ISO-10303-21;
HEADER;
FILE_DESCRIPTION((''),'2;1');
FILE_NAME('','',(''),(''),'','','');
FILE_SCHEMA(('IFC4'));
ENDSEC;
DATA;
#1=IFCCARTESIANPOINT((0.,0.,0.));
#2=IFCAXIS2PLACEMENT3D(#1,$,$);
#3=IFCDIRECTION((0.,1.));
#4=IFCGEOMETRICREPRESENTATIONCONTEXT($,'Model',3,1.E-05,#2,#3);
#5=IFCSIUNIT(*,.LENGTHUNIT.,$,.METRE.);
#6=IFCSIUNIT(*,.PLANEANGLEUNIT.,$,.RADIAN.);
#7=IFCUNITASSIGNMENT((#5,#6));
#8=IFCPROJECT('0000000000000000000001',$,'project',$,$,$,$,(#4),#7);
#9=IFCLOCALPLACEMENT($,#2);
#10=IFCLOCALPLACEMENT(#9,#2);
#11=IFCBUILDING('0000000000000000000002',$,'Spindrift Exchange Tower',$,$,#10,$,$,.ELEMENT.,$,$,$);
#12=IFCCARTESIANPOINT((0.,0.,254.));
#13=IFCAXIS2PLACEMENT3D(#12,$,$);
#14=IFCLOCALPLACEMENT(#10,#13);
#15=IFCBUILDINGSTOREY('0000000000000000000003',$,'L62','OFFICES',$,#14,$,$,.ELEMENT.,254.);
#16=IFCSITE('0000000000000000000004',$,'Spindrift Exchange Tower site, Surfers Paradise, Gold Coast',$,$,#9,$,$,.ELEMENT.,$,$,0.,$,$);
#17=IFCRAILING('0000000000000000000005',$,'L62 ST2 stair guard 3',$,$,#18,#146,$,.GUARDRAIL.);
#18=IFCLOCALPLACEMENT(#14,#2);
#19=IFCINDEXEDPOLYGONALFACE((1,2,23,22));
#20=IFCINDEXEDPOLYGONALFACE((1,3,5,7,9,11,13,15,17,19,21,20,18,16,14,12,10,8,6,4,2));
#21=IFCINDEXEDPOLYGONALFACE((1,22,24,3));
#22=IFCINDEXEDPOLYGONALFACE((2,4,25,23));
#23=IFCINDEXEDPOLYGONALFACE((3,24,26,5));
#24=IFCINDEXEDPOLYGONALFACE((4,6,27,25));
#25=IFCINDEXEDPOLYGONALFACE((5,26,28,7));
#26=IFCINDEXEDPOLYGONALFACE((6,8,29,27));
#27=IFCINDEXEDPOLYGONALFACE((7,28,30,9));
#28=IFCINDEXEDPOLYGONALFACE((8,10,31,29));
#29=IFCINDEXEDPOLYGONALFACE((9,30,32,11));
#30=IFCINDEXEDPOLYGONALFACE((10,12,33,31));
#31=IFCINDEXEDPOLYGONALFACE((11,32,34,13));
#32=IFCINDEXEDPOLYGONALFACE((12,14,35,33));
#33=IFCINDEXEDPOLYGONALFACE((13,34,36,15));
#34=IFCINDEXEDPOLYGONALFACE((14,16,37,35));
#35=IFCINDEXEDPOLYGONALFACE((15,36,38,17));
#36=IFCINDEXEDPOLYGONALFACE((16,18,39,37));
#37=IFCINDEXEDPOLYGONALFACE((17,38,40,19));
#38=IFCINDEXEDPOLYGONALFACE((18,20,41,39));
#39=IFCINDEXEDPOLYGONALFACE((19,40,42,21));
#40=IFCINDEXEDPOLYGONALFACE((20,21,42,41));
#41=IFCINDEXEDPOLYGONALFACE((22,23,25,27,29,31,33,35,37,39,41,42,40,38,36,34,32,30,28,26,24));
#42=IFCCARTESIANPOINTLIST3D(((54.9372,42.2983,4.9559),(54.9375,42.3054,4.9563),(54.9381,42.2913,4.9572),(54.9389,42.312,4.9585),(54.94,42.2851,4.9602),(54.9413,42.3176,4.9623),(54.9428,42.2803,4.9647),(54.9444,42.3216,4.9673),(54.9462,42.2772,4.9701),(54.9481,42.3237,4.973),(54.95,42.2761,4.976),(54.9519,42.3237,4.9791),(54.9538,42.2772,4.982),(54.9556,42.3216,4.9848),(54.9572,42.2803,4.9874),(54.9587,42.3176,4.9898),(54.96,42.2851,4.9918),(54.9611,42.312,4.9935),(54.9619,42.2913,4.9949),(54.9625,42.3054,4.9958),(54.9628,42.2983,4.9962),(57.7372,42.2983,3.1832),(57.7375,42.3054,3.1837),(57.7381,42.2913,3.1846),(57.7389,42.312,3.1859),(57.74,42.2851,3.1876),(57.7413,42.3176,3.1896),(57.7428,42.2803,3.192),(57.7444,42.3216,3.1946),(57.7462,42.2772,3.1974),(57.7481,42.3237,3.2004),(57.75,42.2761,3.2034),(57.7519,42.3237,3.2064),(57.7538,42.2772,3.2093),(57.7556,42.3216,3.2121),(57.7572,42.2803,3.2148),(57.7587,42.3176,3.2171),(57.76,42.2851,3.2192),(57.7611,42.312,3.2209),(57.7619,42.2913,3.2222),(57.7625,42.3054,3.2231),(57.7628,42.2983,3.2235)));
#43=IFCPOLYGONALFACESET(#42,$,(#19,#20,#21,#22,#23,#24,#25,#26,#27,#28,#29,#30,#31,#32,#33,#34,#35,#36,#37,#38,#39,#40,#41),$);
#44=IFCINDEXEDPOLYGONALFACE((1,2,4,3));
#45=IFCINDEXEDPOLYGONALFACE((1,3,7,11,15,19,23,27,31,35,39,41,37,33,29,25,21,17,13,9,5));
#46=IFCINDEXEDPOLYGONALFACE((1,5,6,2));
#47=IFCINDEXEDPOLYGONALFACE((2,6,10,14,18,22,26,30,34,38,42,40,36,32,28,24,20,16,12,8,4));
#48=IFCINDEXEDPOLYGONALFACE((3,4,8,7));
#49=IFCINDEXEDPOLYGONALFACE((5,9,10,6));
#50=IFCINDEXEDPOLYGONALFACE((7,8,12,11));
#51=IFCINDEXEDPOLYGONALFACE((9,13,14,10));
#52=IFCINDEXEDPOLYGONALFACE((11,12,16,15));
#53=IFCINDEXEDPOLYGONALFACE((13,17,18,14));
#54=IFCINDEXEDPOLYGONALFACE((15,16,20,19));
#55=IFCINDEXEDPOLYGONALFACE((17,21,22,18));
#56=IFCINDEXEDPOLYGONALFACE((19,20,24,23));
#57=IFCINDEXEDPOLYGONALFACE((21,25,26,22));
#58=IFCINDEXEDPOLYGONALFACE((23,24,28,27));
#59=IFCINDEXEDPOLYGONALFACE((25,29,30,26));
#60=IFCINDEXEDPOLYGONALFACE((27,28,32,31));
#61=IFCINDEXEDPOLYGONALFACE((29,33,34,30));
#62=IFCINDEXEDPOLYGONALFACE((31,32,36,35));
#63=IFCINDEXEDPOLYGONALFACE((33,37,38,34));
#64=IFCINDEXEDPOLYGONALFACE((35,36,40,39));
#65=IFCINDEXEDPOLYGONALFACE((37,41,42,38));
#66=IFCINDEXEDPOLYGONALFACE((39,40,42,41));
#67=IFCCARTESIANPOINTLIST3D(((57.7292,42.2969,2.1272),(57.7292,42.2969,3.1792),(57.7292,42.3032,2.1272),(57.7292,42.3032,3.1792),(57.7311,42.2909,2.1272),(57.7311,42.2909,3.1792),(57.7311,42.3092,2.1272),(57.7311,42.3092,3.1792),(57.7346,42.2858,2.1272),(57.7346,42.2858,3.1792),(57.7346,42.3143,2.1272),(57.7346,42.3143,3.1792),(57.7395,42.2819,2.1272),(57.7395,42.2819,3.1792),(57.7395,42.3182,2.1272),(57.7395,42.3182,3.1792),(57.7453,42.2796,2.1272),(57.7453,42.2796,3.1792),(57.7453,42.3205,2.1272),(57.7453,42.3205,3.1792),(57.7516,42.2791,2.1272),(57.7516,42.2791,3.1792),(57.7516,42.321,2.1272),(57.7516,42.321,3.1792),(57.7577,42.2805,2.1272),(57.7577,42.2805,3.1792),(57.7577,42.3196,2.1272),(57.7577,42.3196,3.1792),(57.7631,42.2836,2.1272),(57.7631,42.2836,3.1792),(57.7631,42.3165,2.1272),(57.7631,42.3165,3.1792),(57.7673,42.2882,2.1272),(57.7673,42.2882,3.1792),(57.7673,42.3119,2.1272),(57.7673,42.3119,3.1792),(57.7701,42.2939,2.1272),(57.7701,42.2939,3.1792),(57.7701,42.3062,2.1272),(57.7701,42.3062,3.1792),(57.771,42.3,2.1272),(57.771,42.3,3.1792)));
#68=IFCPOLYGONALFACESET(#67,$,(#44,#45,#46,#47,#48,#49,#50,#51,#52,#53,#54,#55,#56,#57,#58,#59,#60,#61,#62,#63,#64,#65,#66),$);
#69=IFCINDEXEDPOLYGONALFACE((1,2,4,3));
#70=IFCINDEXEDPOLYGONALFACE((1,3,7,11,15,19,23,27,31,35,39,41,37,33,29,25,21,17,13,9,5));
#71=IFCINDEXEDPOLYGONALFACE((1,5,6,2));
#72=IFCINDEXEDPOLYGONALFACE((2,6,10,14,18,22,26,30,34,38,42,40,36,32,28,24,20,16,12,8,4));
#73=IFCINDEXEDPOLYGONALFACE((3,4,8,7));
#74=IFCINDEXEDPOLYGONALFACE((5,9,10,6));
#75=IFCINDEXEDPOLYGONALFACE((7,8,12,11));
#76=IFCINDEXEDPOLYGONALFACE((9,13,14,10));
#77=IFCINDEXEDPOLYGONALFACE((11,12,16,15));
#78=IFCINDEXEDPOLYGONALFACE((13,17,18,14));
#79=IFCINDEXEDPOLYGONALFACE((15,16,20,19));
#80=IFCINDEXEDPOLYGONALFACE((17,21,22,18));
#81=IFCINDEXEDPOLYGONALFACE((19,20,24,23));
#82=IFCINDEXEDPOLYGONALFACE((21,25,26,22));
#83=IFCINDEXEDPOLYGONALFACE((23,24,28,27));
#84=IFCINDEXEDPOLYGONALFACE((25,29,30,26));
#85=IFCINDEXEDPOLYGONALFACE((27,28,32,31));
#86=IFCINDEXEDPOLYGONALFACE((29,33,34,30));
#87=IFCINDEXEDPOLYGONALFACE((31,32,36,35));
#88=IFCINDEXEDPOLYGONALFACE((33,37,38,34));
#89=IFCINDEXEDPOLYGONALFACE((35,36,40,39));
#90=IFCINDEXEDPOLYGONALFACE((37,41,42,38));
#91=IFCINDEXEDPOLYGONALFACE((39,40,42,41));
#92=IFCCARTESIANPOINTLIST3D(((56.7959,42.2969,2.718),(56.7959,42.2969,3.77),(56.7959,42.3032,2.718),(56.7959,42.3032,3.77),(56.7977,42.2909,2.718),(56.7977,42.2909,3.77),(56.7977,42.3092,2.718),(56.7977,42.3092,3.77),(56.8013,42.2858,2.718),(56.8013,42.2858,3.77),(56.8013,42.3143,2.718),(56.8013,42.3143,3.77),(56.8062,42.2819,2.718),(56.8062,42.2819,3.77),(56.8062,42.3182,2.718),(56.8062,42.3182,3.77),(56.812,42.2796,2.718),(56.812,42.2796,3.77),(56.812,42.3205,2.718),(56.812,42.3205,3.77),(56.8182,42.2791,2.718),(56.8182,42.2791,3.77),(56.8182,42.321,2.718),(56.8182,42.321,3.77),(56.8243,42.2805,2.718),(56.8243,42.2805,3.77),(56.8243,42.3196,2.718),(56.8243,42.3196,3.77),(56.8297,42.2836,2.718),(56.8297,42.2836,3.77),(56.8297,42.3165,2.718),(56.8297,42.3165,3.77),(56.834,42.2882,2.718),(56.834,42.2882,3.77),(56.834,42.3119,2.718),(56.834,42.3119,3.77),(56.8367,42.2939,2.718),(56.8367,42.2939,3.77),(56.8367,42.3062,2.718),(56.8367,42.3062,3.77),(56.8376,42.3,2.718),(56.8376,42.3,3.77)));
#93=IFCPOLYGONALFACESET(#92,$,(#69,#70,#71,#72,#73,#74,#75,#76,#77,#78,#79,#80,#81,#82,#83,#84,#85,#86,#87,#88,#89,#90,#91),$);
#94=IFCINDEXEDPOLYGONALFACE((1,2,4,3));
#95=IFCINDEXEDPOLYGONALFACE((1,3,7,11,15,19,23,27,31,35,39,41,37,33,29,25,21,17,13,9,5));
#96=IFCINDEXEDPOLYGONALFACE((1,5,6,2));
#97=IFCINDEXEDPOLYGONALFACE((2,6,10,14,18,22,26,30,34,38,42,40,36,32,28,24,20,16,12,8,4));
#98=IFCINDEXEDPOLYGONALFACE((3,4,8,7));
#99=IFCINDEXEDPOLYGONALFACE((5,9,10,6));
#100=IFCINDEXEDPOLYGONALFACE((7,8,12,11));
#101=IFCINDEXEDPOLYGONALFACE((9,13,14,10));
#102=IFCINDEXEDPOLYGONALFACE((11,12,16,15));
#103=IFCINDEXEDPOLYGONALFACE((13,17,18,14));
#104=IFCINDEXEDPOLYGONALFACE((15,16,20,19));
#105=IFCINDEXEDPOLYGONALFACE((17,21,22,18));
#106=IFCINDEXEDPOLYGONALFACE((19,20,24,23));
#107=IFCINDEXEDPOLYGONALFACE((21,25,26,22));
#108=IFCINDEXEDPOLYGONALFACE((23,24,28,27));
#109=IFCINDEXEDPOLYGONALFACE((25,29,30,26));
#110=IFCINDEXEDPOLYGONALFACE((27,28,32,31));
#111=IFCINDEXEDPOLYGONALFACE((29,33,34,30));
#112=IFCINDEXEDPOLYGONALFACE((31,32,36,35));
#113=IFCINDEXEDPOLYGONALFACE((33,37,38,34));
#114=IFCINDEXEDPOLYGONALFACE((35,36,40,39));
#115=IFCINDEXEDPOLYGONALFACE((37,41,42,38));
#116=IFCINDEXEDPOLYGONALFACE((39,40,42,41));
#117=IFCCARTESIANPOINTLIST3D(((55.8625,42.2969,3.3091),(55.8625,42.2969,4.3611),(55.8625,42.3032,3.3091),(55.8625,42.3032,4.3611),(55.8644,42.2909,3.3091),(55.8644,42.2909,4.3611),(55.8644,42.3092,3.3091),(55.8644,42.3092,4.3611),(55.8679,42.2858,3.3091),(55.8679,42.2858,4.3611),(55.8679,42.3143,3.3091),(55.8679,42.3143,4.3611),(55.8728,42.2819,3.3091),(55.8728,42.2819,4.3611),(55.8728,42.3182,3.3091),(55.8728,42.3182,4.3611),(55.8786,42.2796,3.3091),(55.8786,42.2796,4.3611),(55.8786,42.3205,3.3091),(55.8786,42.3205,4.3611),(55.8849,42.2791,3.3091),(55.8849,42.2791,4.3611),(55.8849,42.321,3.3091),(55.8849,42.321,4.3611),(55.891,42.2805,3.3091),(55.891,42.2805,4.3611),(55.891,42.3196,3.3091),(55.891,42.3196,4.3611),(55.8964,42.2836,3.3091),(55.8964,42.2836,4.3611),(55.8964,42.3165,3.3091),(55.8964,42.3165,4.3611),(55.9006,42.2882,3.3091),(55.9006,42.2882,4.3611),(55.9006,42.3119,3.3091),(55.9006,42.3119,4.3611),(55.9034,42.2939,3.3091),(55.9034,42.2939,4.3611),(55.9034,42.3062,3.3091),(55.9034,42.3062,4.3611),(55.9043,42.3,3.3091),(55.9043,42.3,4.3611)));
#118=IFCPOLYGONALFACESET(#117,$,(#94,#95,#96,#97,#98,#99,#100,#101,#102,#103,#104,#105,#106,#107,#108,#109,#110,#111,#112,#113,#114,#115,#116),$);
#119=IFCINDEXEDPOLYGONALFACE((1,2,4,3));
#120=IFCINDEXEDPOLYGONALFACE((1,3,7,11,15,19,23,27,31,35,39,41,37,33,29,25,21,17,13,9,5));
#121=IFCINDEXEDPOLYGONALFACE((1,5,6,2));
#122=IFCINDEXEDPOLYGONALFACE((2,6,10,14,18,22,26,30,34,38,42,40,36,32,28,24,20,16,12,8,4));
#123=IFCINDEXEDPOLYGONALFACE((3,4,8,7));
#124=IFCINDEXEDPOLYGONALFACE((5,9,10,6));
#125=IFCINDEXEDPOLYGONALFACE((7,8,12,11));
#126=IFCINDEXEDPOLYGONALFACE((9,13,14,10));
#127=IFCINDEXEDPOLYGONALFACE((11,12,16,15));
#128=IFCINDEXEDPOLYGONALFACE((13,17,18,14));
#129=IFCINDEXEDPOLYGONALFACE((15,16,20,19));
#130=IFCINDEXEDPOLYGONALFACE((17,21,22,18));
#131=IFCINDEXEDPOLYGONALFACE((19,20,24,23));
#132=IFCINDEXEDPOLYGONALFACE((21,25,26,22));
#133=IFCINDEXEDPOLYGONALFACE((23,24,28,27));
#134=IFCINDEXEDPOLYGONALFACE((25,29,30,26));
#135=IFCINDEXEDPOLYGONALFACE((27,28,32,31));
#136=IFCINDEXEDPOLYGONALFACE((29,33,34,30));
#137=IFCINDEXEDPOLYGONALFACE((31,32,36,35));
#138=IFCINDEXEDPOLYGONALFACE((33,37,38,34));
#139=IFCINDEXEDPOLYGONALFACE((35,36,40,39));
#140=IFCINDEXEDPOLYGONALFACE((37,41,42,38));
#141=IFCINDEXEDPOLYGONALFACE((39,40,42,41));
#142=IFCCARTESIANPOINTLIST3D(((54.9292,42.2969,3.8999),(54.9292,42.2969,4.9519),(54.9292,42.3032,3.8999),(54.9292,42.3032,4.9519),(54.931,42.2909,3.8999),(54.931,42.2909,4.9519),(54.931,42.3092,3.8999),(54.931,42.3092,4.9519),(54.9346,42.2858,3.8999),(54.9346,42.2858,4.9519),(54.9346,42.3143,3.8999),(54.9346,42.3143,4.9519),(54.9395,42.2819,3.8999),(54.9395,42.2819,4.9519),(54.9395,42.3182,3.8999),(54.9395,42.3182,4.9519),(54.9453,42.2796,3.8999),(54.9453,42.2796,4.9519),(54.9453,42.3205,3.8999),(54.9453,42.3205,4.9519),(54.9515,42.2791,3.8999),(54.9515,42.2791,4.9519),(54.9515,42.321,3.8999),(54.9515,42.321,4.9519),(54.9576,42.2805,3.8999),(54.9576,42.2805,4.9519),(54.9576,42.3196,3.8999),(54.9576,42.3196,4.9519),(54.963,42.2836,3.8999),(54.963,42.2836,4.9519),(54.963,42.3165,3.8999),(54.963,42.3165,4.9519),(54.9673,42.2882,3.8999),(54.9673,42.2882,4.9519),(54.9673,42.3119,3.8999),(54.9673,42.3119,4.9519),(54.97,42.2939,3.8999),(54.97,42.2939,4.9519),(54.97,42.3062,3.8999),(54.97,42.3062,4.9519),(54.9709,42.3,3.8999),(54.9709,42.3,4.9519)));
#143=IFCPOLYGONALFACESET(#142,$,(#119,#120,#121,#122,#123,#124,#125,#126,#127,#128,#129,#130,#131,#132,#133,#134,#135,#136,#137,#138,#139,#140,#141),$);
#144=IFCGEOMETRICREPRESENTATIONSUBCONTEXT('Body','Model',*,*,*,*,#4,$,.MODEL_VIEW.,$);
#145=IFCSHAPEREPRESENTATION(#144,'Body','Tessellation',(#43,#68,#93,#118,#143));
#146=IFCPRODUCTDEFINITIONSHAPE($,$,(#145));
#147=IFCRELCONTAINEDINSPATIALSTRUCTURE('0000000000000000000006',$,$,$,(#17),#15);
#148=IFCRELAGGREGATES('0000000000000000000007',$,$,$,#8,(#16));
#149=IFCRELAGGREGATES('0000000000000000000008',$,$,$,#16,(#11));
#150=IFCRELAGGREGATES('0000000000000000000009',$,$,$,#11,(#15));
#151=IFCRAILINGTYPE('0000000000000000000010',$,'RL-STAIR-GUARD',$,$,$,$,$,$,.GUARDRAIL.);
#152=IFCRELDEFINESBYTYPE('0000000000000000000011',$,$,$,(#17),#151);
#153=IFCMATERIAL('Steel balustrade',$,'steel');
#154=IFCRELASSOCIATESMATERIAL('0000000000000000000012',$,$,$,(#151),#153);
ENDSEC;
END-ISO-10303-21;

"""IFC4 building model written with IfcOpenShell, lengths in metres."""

from ifc_helpers import new_model, si_unit, direction, frame, origin, origin_2d, place, context, subcontext, project, spatial, circle, extrude, material, type_object, element, save


model = new_model("IFC4")

# Units and contexts
model_context = context("Model", 3, precision=1e-05, world=origin(), true_north=direction((0.0, 1.0)))
body_context = subcontext(model_context, "Body", "Model", "MODEL_VIEW")
ifc_project = project(units=[si_unit("LENGTHUNIT", "METRE"), si_unit("PLANEANGLEUNIT", "RADIAN")], contexts=[model_context])

# Site, building, storey
site_placement = place(None, origin())
site = spatial("IfcSite", under=ifc_project, at=site_placement, Name="Spindrift Exchange Tower site, Surfers Paradise, Gold Coast", CompositionType="ELEMENT", RefElevation=0.0)
building_placement = place(site_placement, origin())
building = spatial("IfcBuilding", under=site, at=building_placement, Name="Spindrift Exchange Tower", CompositionType="ELEMENT")
storey_placement = place(building_placement, frame((0.0, 0.0, 254.0)))
storey = spatial("IfcBuildingStorey", under=building, at=storey_placement, Name="L62", Description="OFFICES", CompositionType="ELEMENT", Elevation=254.0)

# Railing
ifc_material_1 = material(Name="Steel balustrade", Category="steel")
railing_type_1 = type_object("IfcRailingType", Name="RL-STAIR-GUARD", PredefinedType="GUARDRAIL", material=ifc_material_1)
railing_1_placement = place(storey_placement, frame((57.75, 42.3, 2.1272)))
element("IfcRailing", 1, at=railing_1_placement, inside=storey, type_object=railing_type_1, Name="L62 ST2 stair guard 3", PredefinedType="GUARDRAIL", context=body_context, shape_type="SweptSolid", body=[
    extrude(circle(Radius=0.0239, at=origin_2d()), frame((0.0, 0.0, 1.0762), z_axis=(-0.844909, 0.0, 0.53491), x_axis=(0.0, -1.0, 0.0)), (0.0, 0.0, 1.0), 3.314),
    extrude(circle(Radius=0.021, at=origin_2d()), origin(), (0.0, 0.0, 1.0), 1.052),
    extrude(circle(Radius=0.021, at=origin_2d()), frame((-0.9333, 0.0, 0.5908)), (0.0, 0.0, 1.0), 1.052),
    extrude(circle(Radius=0.021, at=origin_2d()), frame((-1.8667, 0.0, 1.1819)), (0.0, 0.0, 1.0), 1.052),
    extrude(circle(Radius=0.021, at=origin_2d()), frame((-2.8, 0.0, 1.7727)), (0.0, 0.0, 1.0), 1.052),
])

save(model, "model.ifc")
